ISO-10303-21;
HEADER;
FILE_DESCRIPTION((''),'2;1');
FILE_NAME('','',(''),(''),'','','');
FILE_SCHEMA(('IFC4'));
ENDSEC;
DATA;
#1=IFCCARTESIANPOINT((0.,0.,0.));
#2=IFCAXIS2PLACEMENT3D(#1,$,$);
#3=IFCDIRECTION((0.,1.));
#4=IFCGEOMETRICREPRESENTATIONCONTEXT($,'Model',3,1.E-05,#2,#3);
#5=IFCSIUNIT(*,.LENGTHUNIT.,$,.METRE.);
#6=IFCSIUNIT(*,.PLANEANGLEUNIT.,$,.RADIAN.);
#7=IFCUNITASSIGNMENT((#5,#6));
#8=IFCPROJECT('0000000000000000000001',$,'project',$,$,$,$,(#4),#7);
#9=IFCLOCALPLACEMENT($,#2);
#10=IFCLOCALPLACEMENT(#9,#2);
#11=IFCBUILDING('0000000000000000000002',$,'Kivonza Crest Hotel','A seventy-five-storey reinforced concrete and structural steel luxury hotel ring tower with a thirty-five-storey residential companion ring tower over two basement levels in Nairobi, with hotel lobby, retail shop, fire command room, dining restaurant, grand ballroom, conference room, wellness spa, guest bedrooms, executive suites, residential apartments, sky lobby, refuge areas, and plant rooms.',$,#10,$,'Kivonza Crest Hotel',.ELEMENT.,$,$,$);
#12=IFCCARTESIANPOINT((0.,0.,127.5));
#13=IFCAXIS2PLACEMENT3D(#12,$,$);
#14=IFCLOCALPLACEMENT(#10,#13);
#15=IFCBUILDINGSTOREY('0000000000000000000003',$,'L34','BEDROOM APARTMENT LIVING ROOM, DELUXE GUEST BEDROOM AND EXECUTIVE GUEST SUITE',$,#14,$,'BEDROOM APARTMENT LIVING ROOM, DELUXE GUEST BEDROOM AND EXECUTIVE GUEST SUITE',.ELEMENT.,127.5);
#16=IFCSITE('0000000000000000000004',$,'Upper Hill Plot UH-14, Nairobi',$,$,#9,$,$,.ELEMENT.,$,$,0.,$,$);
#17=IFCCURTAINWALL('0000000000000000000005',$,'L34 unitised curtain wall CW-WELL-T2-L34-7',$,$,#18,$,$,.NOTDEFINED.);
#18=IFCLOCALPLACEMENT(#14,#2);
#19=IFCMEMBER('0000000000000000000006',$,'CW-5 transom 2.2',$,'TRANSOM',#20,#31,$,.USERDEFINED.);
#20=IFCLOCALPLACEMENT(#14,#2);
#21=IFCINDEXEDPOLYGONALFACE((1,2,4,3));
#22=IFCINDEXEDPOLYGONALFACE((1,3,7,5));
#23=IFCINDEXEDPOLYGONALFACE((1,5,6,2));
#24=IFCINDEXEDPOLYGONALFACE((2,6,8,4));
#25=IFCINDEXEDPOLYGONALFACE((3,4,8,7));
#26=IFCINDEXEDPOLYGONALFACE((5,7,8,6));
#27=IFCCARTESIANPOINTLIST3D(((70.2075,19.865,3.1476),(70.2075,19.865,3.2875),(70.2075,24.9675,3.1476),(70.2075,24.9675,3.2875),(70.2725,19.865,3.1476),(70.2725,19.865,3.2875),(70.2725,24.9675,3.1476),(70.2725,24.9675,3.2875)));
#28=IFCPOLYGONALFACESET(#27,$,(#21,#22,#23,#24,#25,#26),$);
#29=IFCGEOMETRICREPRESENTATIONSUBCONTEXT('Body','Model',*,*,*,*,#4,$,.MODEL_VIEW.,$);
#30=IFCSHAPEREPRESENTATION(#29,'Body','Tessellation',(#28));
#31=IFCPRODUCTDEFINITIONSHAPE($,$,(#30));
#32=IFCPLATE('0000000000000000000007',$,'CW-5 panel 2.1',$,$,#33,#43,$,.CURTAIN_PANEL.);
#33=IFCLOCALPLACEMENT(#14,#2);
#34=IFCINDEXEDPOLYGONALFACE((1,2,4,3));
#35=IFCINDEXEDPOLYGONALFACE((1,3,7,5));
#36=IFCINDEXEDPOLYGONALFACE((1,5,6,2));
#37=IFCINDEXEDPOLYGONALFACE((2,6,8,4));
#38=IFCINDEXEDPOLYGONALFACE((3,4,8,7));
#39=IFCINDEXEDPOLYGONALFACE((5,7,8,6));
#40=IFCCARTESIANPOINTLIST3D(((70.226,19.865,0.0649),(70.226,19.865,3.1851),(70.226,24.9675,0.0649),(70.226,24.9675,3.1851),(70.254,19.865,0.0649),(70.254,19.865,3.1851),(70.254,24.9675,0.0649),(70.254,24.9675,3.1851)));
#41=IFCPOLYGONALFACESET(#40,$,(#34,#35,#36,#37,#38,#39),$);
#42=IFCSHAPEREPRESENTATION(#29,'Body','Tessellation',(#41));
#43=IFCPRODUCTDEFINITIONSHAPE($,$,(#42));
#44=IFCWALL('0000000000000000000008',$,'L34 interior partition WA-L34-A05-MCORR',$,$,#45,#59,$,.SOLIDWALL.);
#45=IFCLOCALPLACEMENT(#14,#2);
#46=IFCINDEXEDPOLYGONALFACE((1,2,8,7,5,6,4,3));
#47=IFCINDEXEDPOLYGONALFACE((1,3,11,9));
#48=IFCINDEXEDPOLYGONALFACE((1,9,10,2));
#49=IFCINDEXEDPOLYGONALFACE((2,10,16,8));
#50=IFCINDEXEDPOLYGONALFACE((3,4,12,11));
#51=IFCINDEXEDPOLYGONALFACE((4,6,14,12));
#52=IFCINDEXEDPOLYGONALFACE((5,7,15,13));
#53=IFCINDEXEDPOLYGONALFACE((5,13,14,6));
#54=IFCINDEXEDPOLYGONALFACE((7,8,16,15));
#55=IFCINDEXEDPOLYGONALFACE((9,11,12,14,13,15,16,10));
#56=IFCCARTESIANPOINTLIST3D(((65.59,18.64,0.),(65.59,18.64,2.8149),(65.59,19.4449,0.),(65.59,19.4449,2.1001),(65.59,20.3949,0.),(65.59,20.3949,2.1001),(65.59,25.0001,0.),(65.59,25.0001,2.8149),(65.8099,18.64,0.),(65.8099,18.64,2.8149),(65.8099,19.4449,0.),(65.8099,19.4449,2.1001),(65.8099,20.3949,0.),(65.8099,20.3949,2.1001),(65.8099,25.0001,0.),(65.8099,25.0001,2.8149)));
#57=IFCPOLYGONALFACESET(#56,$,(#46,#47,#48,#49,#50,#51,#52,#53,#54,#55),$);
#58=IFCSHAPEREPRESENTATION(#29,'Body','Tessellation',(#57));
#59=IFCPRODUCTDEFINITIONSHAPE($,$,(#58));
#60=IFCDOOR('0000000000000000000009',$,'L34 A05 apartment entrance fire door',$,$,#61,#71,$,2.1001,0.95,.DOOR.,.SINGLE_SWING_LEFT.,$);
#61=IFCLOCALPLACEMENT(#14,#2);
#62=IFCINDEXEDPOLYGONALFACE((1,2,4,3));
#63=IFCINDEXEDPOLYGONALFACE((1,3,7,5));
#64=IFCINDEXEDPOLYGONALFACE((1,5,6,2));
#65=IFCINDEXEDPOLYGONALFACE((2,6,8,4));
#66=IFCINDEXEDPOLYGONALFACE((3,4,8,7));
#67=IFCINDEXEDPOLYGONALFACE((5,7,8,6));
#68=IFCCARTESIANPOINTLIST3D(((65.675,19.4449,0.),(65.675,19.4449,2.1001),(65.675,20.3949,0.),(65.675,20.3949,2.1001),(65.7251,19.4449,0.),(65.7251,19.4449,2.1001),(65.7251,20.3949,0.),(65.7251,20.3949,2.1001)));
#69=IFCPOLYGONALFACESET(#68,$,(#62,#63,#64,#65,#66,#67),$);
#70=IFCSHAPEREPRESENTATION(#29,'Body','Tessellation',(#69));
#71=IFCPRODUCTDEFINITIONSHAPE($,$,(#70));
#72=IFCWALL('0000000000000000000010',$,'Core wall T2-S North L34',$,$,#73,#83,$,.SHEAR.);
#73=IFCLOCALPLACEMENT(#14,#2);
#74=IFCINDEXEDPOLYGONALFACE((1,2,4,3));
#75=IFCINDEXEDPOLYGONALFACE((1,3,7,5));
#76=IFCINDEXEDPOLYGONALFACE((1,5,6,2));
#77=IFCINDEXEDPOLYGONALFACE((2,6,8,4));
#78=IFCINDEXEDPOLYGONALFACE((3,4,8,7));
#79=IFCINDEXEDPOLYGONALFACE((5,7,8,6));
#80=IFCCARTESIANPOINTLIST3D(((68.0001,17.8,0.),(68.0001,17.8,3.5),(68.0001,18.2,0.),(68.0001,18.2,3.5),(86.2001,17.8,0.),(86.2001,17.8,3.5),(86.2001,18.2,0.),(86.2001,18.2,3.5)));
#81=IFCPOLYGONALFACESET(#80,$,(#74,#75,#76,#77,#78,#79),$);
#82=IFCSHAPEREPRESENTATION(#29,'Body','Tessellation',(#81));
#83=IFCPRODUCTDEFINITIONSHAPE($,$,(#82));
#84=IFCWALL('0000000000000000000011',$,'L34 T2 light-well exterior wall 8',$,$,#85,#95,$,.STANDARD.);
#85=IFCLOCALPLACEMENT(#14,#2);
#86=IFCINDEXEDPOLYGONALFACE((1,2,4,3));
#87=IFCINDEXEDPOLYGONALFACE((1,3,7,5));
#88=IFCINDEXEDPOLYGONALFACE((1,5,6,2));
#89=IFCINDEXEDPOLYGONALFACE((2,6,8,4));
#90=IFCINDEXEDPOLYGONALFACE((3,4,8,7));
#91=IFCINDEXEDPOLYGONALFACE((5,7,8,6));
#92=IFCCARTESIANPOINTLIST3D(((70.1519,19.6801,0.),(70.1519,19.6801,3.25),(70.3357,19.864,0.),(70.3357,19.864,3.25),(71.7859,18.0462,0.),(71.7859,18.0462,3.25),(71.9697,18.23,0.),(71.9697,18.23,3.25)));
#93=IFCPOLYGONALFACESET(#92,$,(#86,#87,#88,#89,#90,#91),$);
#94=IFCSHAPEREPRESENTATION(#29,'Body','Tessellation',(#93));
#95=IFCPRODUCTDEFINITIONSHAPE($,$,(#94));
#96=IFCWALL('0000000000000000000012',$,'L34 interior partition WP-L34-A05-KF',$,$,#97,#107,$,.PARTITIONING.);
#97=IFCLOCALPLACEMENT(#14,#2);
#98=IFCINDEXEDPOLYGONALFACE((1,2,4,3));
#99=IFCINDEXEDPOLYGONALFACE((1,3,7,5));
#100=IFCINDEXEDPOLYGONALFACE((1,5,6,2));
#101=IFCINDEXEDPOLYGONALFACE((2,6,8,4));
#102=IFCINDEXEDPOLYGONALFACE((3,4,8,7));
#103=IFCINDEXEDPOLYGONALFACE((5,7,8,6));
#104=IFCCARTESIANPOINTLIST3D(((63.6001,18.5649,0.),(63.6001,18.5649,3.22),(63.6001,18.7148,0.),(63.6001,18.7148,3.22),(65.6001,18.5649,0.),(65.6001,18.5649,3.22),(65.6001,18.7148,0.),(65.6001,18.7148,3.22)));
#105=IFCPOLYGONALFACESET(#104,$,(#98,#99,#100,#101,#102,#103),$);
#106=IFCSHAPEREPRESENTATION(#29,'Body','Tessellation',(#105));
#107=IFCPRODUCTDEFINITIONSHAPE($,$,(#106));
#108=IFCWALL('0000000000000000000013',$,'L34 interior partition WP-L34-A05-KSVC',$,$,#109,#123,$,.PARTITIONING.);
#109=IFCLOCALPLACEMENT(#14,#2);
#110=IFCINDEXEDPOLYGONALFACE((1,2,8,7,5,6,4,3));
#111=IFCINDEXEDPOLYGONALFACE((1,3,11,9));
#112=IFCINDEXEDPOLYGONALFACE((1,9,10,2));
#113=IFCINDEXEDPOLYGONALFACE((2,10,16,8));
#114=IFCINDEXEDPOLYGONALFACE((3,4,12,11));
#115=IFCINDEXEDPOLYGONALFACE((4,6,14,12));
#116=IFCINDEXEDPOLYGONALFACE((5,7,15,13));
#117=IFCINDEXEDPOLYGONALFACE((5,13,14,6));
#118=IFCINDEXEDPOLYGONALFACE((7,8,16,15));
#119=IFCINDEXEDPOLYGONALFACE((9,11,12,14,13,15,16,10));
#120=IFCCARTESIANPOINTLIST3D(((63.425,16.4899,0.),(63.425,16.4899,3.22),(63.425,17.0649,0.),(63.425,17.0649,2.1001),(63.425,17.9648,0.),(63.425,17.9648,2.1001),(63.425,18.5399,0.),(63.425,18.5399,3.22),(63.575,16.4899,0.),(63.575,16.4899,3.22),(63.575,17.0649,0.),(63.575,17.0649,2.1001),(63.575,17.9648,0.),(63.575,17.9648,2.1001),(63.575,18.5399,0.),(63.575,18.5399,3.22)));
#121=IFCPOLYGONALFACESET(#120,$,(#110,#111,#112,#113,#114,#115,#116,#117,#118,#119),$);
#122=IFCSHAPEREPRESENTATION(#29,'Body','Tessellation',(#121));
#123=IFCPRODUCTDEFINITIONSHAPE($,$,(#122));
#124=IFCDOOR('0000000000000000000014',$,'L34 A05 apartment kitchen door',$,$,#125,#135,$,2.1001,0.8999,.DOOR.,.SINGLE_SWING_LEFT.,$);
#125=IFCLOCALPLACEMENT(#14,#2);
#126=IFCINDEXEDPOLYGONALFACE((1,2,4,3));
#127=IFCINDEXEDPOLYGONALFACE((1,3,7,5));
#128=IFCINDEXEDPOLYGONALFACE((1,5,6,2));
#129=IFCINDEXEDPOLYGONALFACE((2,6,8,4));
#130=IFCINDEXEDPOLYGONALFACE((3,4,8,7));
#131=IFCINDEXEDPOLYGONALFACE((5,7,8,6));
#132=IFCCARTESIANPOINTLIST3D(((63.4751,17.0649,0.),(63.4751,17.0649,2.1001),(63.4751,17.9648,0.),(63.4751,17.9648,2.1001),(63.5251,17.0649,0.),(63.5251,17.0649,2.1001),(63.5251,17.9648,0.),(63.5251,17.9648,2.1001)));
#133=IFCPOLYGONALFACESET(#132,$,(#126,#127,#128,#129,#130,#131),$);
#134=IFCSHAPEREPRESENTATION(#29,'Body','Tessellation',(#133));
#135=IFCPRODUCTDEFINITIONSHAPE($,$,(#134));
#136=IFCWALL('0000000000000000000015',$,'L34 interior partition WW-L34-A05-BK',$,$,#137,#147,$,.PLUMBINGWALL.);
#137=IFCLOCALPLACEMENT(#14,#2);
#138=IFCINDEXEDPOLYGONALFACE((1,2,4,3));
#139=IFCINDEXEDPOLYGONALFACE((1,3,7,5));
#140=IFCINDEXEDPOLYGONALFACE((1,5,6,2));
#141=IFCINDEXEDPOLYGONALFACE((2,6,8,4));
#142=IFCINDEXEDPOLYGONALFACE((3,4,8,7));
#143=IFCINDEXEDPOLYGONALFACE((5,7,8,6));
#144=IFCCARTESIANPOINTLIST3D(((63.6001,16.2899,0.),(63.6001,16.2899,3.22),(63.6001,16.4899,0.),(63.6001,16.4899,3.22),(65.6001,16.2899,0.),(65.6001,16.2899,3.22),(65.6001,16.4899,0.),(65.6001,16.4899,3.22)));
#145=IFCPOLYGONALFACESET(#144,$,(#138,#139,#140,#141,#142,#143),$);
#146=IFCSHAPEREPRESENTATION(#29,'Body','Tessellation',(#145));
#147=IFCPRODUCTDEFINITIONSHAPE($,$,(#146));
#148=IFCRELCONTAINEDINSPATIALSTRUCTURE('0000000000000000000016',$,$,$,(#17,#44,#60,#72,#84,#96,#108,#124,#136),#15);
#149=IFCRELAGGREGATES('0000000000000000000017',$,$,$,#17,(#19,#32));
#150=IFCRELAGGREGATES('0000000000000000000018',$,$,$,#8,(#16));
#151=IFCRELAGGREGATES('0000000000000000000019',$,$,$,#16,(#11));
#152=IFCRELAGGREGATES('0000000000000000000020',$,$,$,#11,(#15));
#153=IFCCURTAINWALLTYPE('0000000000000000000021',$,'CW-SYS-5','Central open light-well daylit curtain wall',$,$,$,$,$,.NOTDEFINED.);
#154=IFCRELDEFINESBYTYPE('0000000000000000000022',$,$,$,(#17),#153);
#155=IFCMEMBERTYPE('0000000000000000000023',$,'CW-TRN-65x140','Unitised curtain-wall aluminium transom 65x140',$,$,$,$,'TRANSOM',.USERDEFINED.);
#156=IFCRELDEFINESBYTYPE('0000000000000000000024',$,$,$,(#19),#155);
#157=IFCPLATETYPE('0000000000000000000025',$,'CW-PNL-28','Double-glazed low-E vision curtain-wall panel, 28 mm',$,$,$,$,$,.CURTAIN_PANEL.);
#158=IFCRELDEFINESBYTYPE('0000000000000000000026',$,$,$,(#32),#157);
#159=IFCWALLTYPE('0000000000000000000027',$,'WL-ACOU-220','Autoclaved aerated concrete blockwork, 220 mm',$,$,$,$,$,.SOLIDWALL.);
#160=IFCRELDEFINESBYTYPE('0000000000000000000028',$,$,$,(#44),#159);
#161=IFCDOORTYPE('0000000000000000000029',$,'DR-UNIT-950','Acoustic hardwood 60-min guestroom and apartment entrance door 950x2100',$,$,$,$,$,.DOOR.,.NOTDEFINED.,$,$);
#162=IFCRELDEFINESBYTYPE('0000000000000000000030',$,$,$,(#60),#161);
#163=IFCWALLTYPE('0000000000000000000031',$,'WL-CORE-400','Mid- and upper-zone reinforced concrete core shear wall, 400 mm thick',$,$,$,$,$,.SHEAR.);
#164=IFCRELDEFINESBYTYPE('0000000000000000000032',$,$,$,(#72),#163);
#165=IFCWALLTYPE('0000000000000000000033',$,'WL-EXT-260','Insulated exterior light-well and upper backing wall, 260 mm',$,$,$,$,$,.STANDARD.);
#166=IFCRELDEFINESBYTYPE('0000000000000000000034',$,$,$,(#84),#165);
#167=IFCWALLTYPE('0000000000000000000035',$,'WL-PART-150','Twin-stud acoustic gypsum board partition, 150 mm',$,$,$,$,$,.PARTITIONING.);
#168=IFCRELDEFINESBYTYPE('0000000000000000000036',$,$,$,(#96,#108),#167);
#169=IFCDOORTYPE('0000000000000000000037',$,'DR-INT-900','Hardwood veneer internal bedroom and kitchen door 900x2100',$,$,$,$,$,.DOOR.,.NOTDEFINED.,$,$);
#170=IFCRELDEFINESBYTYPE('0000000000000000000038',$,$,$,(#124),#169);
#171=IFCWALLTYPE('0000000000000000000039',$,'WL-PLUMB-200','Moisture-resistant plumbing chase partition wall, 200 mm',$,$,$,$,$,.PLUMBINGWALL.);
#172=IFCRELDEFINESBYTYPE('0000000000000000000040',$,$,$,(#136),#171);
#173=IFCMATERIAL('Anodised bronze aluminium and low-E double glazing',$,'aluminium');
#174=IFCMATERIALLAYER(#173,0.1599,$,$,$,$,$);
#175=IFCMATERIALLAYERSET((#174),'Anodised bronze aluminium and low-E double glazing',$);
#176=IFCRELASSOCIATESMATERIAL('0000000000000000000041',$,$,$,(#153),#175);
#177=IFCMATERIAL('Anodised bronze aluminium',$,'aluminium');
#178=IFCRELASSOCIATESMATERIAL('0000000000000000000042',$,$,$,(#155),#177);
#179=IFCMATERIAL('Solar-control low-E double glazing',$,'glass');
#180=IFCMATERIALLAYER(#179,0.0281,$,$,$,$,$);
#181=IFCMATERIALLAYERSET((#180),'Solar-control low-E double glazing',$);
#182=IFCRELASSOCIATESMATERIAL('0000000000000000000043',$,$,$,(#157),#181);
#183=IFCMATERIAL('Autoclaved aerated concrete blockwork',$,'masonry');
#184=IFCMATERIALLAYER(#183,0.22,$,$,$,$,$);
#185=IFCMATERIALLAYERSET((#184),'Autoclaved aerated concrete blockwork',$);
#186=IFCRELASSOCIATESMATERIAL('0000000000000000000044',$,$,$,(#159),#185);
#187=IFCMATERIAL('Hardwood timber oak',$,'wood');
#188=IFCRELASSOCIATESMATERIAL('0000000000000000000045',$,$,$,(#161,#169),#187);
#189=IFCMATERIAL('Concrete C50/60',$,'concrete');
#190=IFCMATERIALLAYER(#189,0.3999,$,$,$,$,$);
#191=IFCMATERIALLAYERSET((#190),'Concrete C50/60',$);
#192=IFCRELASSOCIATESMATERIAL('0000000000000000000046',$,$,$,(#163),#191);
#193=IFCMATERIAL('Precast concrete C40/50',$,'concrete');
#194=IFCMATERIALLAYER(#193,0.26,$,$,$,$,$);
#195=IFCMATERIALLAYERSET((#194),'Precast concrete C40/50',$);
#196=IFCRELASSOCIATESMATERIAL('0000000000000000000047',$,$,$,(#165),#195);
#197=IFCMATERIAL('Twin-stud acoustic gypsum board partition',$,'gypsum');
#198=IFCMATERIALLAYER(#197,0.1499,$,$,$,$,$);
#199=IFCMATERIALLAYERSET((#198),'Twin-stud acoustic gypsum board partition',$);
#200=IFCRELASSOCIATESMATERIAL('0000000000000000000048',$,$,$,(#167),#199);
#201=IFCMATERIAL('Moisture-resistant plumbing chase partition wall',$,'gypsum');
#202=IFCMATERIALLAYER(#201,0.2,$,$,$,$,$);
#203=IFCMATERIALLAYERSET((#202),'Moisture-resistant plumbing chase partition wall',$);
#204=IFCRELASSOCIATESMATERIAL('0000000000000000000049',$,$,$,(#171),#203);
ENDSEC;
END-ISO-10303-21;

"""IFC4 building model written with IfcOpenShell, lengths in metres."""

from ifc_helpers import new_model, si_unit, direction, frame, frame_2d, origin, origin_2d, place, context, subcontext, project, spatial, rectangle, extrude, material, layer, layer_set, material_profile, profile_set, type_object, element, fill, aggregate, save


model = new_model("IFC4")

# Units and contexts
model_context = context("Model", 3, precision=1e-05, world=origin(), true_north=direction((0.0, 1.0)))
body_context = subcontext(model_context, "Body", "Model", "MODEL_VIEW")
ifc_project = project(units=[si_unit("LENGTHUNIT", "METRE"), si_unit("PLANEANGLEUNIT", "RADIAN")], contexts=[model_context])

# Site, building, storey
site_placement = place(None, origin())
site = spatial("IfcSite", under=ifc_project, at=site_placement, Name="Upper Hill Plot UH-14, Nairobi", CompositionType="ELEMENT", RefElevation=0.0)
building_placement = place(site_placement, origin())
building = spatial("IfcBuilding", under=site, at=building_placement, Name="Kivonza Crest Hotel", Description="A seventy-five-storey reinforced concrete and structural steel luxury hotel ring tower with a thirty-five-storey residential companion ring tower over two basement levels in Nairobi, with hotel lobby, retail shop, fire command room, dining restaurant, grand ballroom, conference room, wellness spa, guest bedrooms, executive suites, residential apartments, sky lobby, refuge areas, and plant rooms.", LongName="Kivonza Crest Hotel", CompositionType="ELEMENT")
storey_placement = place(building_placement, frame((0.0, 0.0, 127.5)))
storey = spatial("IfcBuildingStorey", under=building, at=storey_placement, Name="L34", Description="BEDROOM APARTMENT LIVING ROOM, DELUXE GUEST BEDROOM AND EXECUTIVE GUEST SUITE", LongName="BEDROOM APARTMENT LIVING ROOM, DELUXE GUEST BEDROOM AND EXECUTIVE GUEST SUITE", CompositionType="ELEMENT", Elevation=127.5)

# Shared definitions
ifc_material_1 = material(Name="Concrete C50/60", Category="concrete")

# Curtain wall, member, plate
ifc_material_2 = material(Name="Anodised bronze aluminium and low-E double glazing", Category="aluminium")
ifc_layer_1 = layer(ifc_material_2, 0.1599)
ifc_layer_set_1 = layer_set([ifc_layer_1], Name="Anodised bronze aluminium and low-E double glazing")
curtain_wall_type = type_object("IfcCurtainWallType", Name="CW-SYS-5", Description="Central open light-well daylit curtain wall", PredefinedType="NOTDEFINED", material=ifc_layer_set_1)
curtain_wall_placement = place(storey_placement, origin())
curtain_wall = element("IfcCurtainWall", 1, at=curtain_wall_placement, inside=storey, type_object=curtain_wall_type, Name="L34 unitised curtain wall CW-WELL-T2-L34-7", PredefinedType="NOTDEFINED")
ifc_material_3 = material(Name="Anodised bronze aluminium", Category="aluminium")
ifc_material_profile_1 = material_profile(ifc_material_3, rectangle(XDim=0.0649, YDim=0.1399, at=origin_2d()), Name="CW-T 65x140")
ifc_profile_set_1 = profile_set([ifc_material_profile_1], Name="Anodised bronze aluminium")
member_type_1 = type_object("IfcMemberType", Name="CW-TRN-65x140", Description="Unitised curtain-wall aluminium transom 65x140", ElementType="TRANSOM", PredefinedType="USERDEFINED", material=ifc_profile_set_1)
member_1_placement = place(storey_placement, frame((70.24, 24.9675, 3.2175), z_axis=(0.0, -1.0, 0.0), x_axis=(1.0, 0.0, 0.0)))
member_1 = element("IfcMember", 2, at=member_1_placement, type_object=member_type_1, Name="CW-5 transom 2.2", ObjectType="TRANSOM", PredefinedType="USERDEFINED", context=body_context, shape_type="SweptSolid", body=[
    extrude(rectangle(XDim=0.0649, YDim=0.1399, at=origin_2d()), origin(), (0.0, 0.0, 1.0), 5.1025),
])
ifc_material_4 = material(Name="Solar-control low-E double glazing", Category="glass")
ifc_layer_2 = layer(ifc_material_4, 0.0281)
ifc_layer_set_2 = layer_set([ifc_layer_2], Name="Solar-control low-E double glazing")
plate_type = type_object("IfcPlateType", Name="CW-PNL-28", Description="Double-glazed low-E vision curtain-wall panel, 28 mm", PredefinedType="CURTAIN_PANEL", material=ifc_layer_set_2)
plate_placement = place(storey_placement, frame((70.24, 22.4163, 0.0649), z_axis=(0.0, 0.0, 1.0), x_axis=(0.0, -1.0, 0.0)))
plate = element("IfcPlate", 3, at=plate_placement, type_object=plate_type, Name="CW-5 panel 2.1", PredefinedType="CURTAIN_PANEL", context=body_context, shape_type="SweptSolid", body=[
    extrude(rectangle(XDim=5.1025, YDim=0.0281, at=origin_2d()), origin(), (0.0, 0.0, 1.0), 3.1201),
])
aggregate(curtain_wall, [member_1, plate])

# Wall, opening, door
ifc_material_5 = material(Name="Autoclaved aerated concrete blockwork", Category="masonry")
ifc_layer_3 = layer(ifc_material_5, 0.22)
ifc_layer_set_3 = layer_set([ifc_layer_3], Name="Autoclaved aerated concrete blockwork")
wall_type_1 = type_object("IfcWallType", Name="WL-ACOU-220", Description="Autoclaved aerated concrete blockwork, 220 mm", PredefinedType="SOLIDWALL", material=ifc_layer_set_3)
wall_1_placement = place(storey_placement, frame((65.7, 18.6399, 0.0), z_axis=(0.0, 0.0, 1.0), x_axis=(0.0, 1.0, 0.0)))
wall_1 = element("IfcWall", 4, at=wall_1_placement, inside=storey, type_object=wall_type_1, Name="L34 interior partition WA-L34-A05-MCORR", PredefinedType="SOLIDWALL", context=body_context, shape_type="SweptSolid", body=[
    extrude(rectangle(XDim=6.3601, YDim=0.22, at=frame_2d((3.1802, 0.0))), origin(), (0.0, 0.0, 1.0), 2.8149),
])
opening_1_placement = place(wall_1_placement, frame((0.8049, 0.0, 0.0)))
opening_1 = element("IfcOpeningElement", 5, at=opening_1_placement, cuts=wall_1, PredefinedType="OPENING", context=body_context, shape_type="SweptSolid", body=[
    extrude(rectangle(XDim=0.95, YDim=2.1001, at=frame_2d((0.4751, 1.05))), frame((0.0, 0.1201, 0.0), z_axis=(0.0, -1.0, 0.0), x_axis=(1.0, 0.0, 0.0)), (0.0, 0.0, 1.0), 0.24),
])
ifc_material_6 = material(Name="Hardwood timber oak", Category="wood")
door_type_1 = type_object("IfcDoorType", Name="DR-UNIT-950", Description="Acoustic hardwood 60-min guestroom and apartment entrance door 950x2100", OperationType="NOTDEFINED", PredefinedType="DOOR", material=ifc_material_6)
door_1_placement = place(opening_1_placement, origin())
door_1 = element("IfcDoor", 6, at=door_1_placement, inside=storey, type_object=door_type_1, Name="L34 A05 apartment entrance fire door", OperationType="SINGLE_SWING_LEFT", OverallHeight=2.1001, OverallWidth=0.95, PredefinedType="DOOR", context=body_context, shape_type="SweptSolid", body=[
    extrude(rectangle(XDim=0.95, YDim=2.1001, at=frame_2d((0.4751, 1.05))), frame((0.0, 0.0249, 0.0), z_axis=(0.0, -1.0, 0.0), x_axis=(1.0, 0.0, 0.0)), (0.0, 0.0, 1.0), 0.05),
])
fill(opening_1, door_1)

# Walls
ifc_layer_4 = layer(ifc_material_1, 0.3999)
ifc_layer_set_4 = layer_set([ifc_layer_4], Name="Concrete C50/60")
wall_type_2 = type_object("IfcWallType", Name="WL-CORE-400", Description="Mid- and upper-zone reinforced concrete core shear wall, 400 mm thick", PredefinedType="SHEAR", material=ifc_layer_set_4)
wall_2_placement = place(storey_placement, frame((68.0, 18.0, 0.0), z_axis=(0.0, 0.0, 1.0), x_axis=(1.0, 0.0, 0.0)))
element("IfcWall", 7, at=wall_2_placement, inside=storey, type_object=wall_type_2, Name="Core wall T2-S North L34", PredefinedType="SHEAR", context=body_context, shape_type="SweptSolid", body=[
    extrude(rectangle(XDim=18.2, YDim=0.3999, at=frame_2d((9.1001, 0.0))), origin(), (0.0, 0.0, 1.0), 3.5),
])
ifc_material_7 = material(Name="Precast concrete C40/50", Category="concrete")
ifc_layer_5 = layer(ifc_material_7, 0.26)
ifc_layer_set_5 = layer_set([ifc_layer_5], Name="Precast concrete C40/50")
wall_type_3 = type_object("IfcWallType", Name="WL-EXT-260", Description="Insulated exterior light-well and upper backing wall, 260 mm", PredefinedType="STANDARD", material=ifc_layer_set_5)
wall_3_placement = place(storey_placement, frame((70.2439, 19.772, 0.0), z_axis=(0.0, 0.0, 1.0), x_axis=(0.707107, -0.707107, 0.0)))
element("IfcWall", 8, at=wall_3_placement, inside=storey, type_object=wall_type_3, Name="L34 T2 light-well exterior wall 8", PredefinedType="STANDARD", context=body_context, shape_type="SweptSolid", body=[
    extrude(rectangle(XDim=2.3108, YDim=0.26, at=frame_2d((1.1553, 0.0))), origin(), (0.0, 0.0, 1.0), 3.25),
])
ifc_material_8 = material(Name="Twin-stud acoustic gypsum board partition", Category="gypsum")
ifc_layer_6 = layer(ifc_material_8, 0.1499)
ifc_layer_set_6 = layer_set([ifc_layer_6], Name="Twin-stud acoustic gypsum board partition")
wall_type_4 = type_object("IfcWallType", Name="WL-PART-150", Description="Twin-stud acoustic gypsum board partition, 150 mm", PredefinedType="PARTITIONING", material=ifc_layer_set_6)
wall_4_placement = place(storey_placement, frame((63.6001, 18.6399, 0.0), z_axis=(0.0, 0.0, 1.0), x_axis=(1.0, 0.0, 0.0)))
element("IfcWall", 9, at=wall_4_placement, inside=storey, type_object=wall_type_4, Name="L34 interior partition WP-L34-A05-KF", PredefinedType="PARTITIONING", context=body_context, shape_type="SweptSolid", body=[
    extrude(rectangle(XDim=2.0, YDim=0.1499, at=frame_2d((1.0, 0.0))), origin(), (0.0, 0.0, 1.0), 3.22),
])

# Wall, opening, door
wall_5_placement = place(storey_placement, frame((63.5, 16.49, 0.0), z_axis=(0.0, 0.0, 1.0), x_axis=(0.0, 1.0, 0.0)))
wall_5 = element("IfcWall", 10, at=wall_5_placement, inside=storey, type_object=wall_type_4, Name="L34 interior partition WP-L34-A05-KSVC", PredefinedType="PARTITIONING", context=body_context, shape_type="SweptSolid", body=[
    extrude(rectangle(XDim=2.05, YDim=0.1499, at=frame_2d((1.0249, 0.0))), origin(), (0.0, 0.0, 1.0), 3.22),
])
opening_2_placement = place(wall_5_placement, frame((0.575, 0.0, 0.0)))
opening_2 = element("IfcOpeningElement", 11, at=opening_2_placement, cuts=wall_5, PredefinedType="OPENING", context=body_context, shape_type="SweptSolid", body=[
    extrude(rectangle(XDim=0.8999, YDim=2.1001, at=frame_2d((0.45, 1.05))), frame((0.0, 0.085, 0.0), z_axis=(0.0, -1.0, 0.0), x_axis=(1.0, 0.0, 0.0)), (0.0, 0.0, 1.0), 0.1699),
])
door_type_2 = type_object("IfcDoorType", Name="DR-INT-900", Description="Hardwood veneer internal bedroom and kitchen door 900x2100", OperationType="NOTDEFINED", PredefinedType="DOOR", material=ifc_material_6)
door_2_placement = place(opening_2_placement, origin())
door_2 = element("IfcDoor", 12, at=door_2_placement, inside=storey, type_object=door_type_2, Name="L34 A05 apartment kitchen door", OperationType="SINGLE_SWING_LEFT", OverallHeight=2.1001, OverallWidth=0.8999, PredefinedType="DOOR", context=body_context, shape_type="SweptSolid", body=[
    extrude(rectangle(XDim=0.8999, YDim=2.1001, at=frame_2d((0.45, 1.05))), frame((0.0, 0.0249, 0.0), z_axis=(0.0, -1.0, 0.0), x_axis=(1.0, 0.0, 0.0)), (0.0, 0.0, 1.0), 0.05),
])
fill(opening_2, door_2)

# Wall
ifc_material_9 = material(Name="Moisture-resistant plumbing chase partition wall", Category="gypsum")
ifc_layer_7 = layer(ifc_material_9, 0.2)
ifc_layer_set_7 = layer_set([ifc_layer_7], Name="Moisture-resistant plumbing chase partition wall")
wall_type_5 = type_object("IfcWallType", Name="WL-PLUMB-200", Description="Moisture-resistant plumbing chase partition wall, 200 mm", PredefinedType="PLUMBINGWALL", material=ifc_layer_set_7)
wall_6_placement = place(storey_placement, frame((63.6001, 16.3899, 0.0), z_axis=(0.0, 0.0, 1.0), x_axis=(1.0, 0.0, 0.0)))
element("IfcWall", 13, at=wall_6_placement, inside=storey, type_object=wall_type_5, Name="L34 interior partition WW-L34-A05-BK", PredefinedType="PLUMBINGWALL", context=body_context, shape_type="SweptSolid", body=[
    extrude(rectangle(XDim=2.0, YDim=0.2, at=frame_2d((1.0, 0.0))), origin(), (0.0, 0.0, 1.0), 3.22),
])

save(model, "model.ifc")
